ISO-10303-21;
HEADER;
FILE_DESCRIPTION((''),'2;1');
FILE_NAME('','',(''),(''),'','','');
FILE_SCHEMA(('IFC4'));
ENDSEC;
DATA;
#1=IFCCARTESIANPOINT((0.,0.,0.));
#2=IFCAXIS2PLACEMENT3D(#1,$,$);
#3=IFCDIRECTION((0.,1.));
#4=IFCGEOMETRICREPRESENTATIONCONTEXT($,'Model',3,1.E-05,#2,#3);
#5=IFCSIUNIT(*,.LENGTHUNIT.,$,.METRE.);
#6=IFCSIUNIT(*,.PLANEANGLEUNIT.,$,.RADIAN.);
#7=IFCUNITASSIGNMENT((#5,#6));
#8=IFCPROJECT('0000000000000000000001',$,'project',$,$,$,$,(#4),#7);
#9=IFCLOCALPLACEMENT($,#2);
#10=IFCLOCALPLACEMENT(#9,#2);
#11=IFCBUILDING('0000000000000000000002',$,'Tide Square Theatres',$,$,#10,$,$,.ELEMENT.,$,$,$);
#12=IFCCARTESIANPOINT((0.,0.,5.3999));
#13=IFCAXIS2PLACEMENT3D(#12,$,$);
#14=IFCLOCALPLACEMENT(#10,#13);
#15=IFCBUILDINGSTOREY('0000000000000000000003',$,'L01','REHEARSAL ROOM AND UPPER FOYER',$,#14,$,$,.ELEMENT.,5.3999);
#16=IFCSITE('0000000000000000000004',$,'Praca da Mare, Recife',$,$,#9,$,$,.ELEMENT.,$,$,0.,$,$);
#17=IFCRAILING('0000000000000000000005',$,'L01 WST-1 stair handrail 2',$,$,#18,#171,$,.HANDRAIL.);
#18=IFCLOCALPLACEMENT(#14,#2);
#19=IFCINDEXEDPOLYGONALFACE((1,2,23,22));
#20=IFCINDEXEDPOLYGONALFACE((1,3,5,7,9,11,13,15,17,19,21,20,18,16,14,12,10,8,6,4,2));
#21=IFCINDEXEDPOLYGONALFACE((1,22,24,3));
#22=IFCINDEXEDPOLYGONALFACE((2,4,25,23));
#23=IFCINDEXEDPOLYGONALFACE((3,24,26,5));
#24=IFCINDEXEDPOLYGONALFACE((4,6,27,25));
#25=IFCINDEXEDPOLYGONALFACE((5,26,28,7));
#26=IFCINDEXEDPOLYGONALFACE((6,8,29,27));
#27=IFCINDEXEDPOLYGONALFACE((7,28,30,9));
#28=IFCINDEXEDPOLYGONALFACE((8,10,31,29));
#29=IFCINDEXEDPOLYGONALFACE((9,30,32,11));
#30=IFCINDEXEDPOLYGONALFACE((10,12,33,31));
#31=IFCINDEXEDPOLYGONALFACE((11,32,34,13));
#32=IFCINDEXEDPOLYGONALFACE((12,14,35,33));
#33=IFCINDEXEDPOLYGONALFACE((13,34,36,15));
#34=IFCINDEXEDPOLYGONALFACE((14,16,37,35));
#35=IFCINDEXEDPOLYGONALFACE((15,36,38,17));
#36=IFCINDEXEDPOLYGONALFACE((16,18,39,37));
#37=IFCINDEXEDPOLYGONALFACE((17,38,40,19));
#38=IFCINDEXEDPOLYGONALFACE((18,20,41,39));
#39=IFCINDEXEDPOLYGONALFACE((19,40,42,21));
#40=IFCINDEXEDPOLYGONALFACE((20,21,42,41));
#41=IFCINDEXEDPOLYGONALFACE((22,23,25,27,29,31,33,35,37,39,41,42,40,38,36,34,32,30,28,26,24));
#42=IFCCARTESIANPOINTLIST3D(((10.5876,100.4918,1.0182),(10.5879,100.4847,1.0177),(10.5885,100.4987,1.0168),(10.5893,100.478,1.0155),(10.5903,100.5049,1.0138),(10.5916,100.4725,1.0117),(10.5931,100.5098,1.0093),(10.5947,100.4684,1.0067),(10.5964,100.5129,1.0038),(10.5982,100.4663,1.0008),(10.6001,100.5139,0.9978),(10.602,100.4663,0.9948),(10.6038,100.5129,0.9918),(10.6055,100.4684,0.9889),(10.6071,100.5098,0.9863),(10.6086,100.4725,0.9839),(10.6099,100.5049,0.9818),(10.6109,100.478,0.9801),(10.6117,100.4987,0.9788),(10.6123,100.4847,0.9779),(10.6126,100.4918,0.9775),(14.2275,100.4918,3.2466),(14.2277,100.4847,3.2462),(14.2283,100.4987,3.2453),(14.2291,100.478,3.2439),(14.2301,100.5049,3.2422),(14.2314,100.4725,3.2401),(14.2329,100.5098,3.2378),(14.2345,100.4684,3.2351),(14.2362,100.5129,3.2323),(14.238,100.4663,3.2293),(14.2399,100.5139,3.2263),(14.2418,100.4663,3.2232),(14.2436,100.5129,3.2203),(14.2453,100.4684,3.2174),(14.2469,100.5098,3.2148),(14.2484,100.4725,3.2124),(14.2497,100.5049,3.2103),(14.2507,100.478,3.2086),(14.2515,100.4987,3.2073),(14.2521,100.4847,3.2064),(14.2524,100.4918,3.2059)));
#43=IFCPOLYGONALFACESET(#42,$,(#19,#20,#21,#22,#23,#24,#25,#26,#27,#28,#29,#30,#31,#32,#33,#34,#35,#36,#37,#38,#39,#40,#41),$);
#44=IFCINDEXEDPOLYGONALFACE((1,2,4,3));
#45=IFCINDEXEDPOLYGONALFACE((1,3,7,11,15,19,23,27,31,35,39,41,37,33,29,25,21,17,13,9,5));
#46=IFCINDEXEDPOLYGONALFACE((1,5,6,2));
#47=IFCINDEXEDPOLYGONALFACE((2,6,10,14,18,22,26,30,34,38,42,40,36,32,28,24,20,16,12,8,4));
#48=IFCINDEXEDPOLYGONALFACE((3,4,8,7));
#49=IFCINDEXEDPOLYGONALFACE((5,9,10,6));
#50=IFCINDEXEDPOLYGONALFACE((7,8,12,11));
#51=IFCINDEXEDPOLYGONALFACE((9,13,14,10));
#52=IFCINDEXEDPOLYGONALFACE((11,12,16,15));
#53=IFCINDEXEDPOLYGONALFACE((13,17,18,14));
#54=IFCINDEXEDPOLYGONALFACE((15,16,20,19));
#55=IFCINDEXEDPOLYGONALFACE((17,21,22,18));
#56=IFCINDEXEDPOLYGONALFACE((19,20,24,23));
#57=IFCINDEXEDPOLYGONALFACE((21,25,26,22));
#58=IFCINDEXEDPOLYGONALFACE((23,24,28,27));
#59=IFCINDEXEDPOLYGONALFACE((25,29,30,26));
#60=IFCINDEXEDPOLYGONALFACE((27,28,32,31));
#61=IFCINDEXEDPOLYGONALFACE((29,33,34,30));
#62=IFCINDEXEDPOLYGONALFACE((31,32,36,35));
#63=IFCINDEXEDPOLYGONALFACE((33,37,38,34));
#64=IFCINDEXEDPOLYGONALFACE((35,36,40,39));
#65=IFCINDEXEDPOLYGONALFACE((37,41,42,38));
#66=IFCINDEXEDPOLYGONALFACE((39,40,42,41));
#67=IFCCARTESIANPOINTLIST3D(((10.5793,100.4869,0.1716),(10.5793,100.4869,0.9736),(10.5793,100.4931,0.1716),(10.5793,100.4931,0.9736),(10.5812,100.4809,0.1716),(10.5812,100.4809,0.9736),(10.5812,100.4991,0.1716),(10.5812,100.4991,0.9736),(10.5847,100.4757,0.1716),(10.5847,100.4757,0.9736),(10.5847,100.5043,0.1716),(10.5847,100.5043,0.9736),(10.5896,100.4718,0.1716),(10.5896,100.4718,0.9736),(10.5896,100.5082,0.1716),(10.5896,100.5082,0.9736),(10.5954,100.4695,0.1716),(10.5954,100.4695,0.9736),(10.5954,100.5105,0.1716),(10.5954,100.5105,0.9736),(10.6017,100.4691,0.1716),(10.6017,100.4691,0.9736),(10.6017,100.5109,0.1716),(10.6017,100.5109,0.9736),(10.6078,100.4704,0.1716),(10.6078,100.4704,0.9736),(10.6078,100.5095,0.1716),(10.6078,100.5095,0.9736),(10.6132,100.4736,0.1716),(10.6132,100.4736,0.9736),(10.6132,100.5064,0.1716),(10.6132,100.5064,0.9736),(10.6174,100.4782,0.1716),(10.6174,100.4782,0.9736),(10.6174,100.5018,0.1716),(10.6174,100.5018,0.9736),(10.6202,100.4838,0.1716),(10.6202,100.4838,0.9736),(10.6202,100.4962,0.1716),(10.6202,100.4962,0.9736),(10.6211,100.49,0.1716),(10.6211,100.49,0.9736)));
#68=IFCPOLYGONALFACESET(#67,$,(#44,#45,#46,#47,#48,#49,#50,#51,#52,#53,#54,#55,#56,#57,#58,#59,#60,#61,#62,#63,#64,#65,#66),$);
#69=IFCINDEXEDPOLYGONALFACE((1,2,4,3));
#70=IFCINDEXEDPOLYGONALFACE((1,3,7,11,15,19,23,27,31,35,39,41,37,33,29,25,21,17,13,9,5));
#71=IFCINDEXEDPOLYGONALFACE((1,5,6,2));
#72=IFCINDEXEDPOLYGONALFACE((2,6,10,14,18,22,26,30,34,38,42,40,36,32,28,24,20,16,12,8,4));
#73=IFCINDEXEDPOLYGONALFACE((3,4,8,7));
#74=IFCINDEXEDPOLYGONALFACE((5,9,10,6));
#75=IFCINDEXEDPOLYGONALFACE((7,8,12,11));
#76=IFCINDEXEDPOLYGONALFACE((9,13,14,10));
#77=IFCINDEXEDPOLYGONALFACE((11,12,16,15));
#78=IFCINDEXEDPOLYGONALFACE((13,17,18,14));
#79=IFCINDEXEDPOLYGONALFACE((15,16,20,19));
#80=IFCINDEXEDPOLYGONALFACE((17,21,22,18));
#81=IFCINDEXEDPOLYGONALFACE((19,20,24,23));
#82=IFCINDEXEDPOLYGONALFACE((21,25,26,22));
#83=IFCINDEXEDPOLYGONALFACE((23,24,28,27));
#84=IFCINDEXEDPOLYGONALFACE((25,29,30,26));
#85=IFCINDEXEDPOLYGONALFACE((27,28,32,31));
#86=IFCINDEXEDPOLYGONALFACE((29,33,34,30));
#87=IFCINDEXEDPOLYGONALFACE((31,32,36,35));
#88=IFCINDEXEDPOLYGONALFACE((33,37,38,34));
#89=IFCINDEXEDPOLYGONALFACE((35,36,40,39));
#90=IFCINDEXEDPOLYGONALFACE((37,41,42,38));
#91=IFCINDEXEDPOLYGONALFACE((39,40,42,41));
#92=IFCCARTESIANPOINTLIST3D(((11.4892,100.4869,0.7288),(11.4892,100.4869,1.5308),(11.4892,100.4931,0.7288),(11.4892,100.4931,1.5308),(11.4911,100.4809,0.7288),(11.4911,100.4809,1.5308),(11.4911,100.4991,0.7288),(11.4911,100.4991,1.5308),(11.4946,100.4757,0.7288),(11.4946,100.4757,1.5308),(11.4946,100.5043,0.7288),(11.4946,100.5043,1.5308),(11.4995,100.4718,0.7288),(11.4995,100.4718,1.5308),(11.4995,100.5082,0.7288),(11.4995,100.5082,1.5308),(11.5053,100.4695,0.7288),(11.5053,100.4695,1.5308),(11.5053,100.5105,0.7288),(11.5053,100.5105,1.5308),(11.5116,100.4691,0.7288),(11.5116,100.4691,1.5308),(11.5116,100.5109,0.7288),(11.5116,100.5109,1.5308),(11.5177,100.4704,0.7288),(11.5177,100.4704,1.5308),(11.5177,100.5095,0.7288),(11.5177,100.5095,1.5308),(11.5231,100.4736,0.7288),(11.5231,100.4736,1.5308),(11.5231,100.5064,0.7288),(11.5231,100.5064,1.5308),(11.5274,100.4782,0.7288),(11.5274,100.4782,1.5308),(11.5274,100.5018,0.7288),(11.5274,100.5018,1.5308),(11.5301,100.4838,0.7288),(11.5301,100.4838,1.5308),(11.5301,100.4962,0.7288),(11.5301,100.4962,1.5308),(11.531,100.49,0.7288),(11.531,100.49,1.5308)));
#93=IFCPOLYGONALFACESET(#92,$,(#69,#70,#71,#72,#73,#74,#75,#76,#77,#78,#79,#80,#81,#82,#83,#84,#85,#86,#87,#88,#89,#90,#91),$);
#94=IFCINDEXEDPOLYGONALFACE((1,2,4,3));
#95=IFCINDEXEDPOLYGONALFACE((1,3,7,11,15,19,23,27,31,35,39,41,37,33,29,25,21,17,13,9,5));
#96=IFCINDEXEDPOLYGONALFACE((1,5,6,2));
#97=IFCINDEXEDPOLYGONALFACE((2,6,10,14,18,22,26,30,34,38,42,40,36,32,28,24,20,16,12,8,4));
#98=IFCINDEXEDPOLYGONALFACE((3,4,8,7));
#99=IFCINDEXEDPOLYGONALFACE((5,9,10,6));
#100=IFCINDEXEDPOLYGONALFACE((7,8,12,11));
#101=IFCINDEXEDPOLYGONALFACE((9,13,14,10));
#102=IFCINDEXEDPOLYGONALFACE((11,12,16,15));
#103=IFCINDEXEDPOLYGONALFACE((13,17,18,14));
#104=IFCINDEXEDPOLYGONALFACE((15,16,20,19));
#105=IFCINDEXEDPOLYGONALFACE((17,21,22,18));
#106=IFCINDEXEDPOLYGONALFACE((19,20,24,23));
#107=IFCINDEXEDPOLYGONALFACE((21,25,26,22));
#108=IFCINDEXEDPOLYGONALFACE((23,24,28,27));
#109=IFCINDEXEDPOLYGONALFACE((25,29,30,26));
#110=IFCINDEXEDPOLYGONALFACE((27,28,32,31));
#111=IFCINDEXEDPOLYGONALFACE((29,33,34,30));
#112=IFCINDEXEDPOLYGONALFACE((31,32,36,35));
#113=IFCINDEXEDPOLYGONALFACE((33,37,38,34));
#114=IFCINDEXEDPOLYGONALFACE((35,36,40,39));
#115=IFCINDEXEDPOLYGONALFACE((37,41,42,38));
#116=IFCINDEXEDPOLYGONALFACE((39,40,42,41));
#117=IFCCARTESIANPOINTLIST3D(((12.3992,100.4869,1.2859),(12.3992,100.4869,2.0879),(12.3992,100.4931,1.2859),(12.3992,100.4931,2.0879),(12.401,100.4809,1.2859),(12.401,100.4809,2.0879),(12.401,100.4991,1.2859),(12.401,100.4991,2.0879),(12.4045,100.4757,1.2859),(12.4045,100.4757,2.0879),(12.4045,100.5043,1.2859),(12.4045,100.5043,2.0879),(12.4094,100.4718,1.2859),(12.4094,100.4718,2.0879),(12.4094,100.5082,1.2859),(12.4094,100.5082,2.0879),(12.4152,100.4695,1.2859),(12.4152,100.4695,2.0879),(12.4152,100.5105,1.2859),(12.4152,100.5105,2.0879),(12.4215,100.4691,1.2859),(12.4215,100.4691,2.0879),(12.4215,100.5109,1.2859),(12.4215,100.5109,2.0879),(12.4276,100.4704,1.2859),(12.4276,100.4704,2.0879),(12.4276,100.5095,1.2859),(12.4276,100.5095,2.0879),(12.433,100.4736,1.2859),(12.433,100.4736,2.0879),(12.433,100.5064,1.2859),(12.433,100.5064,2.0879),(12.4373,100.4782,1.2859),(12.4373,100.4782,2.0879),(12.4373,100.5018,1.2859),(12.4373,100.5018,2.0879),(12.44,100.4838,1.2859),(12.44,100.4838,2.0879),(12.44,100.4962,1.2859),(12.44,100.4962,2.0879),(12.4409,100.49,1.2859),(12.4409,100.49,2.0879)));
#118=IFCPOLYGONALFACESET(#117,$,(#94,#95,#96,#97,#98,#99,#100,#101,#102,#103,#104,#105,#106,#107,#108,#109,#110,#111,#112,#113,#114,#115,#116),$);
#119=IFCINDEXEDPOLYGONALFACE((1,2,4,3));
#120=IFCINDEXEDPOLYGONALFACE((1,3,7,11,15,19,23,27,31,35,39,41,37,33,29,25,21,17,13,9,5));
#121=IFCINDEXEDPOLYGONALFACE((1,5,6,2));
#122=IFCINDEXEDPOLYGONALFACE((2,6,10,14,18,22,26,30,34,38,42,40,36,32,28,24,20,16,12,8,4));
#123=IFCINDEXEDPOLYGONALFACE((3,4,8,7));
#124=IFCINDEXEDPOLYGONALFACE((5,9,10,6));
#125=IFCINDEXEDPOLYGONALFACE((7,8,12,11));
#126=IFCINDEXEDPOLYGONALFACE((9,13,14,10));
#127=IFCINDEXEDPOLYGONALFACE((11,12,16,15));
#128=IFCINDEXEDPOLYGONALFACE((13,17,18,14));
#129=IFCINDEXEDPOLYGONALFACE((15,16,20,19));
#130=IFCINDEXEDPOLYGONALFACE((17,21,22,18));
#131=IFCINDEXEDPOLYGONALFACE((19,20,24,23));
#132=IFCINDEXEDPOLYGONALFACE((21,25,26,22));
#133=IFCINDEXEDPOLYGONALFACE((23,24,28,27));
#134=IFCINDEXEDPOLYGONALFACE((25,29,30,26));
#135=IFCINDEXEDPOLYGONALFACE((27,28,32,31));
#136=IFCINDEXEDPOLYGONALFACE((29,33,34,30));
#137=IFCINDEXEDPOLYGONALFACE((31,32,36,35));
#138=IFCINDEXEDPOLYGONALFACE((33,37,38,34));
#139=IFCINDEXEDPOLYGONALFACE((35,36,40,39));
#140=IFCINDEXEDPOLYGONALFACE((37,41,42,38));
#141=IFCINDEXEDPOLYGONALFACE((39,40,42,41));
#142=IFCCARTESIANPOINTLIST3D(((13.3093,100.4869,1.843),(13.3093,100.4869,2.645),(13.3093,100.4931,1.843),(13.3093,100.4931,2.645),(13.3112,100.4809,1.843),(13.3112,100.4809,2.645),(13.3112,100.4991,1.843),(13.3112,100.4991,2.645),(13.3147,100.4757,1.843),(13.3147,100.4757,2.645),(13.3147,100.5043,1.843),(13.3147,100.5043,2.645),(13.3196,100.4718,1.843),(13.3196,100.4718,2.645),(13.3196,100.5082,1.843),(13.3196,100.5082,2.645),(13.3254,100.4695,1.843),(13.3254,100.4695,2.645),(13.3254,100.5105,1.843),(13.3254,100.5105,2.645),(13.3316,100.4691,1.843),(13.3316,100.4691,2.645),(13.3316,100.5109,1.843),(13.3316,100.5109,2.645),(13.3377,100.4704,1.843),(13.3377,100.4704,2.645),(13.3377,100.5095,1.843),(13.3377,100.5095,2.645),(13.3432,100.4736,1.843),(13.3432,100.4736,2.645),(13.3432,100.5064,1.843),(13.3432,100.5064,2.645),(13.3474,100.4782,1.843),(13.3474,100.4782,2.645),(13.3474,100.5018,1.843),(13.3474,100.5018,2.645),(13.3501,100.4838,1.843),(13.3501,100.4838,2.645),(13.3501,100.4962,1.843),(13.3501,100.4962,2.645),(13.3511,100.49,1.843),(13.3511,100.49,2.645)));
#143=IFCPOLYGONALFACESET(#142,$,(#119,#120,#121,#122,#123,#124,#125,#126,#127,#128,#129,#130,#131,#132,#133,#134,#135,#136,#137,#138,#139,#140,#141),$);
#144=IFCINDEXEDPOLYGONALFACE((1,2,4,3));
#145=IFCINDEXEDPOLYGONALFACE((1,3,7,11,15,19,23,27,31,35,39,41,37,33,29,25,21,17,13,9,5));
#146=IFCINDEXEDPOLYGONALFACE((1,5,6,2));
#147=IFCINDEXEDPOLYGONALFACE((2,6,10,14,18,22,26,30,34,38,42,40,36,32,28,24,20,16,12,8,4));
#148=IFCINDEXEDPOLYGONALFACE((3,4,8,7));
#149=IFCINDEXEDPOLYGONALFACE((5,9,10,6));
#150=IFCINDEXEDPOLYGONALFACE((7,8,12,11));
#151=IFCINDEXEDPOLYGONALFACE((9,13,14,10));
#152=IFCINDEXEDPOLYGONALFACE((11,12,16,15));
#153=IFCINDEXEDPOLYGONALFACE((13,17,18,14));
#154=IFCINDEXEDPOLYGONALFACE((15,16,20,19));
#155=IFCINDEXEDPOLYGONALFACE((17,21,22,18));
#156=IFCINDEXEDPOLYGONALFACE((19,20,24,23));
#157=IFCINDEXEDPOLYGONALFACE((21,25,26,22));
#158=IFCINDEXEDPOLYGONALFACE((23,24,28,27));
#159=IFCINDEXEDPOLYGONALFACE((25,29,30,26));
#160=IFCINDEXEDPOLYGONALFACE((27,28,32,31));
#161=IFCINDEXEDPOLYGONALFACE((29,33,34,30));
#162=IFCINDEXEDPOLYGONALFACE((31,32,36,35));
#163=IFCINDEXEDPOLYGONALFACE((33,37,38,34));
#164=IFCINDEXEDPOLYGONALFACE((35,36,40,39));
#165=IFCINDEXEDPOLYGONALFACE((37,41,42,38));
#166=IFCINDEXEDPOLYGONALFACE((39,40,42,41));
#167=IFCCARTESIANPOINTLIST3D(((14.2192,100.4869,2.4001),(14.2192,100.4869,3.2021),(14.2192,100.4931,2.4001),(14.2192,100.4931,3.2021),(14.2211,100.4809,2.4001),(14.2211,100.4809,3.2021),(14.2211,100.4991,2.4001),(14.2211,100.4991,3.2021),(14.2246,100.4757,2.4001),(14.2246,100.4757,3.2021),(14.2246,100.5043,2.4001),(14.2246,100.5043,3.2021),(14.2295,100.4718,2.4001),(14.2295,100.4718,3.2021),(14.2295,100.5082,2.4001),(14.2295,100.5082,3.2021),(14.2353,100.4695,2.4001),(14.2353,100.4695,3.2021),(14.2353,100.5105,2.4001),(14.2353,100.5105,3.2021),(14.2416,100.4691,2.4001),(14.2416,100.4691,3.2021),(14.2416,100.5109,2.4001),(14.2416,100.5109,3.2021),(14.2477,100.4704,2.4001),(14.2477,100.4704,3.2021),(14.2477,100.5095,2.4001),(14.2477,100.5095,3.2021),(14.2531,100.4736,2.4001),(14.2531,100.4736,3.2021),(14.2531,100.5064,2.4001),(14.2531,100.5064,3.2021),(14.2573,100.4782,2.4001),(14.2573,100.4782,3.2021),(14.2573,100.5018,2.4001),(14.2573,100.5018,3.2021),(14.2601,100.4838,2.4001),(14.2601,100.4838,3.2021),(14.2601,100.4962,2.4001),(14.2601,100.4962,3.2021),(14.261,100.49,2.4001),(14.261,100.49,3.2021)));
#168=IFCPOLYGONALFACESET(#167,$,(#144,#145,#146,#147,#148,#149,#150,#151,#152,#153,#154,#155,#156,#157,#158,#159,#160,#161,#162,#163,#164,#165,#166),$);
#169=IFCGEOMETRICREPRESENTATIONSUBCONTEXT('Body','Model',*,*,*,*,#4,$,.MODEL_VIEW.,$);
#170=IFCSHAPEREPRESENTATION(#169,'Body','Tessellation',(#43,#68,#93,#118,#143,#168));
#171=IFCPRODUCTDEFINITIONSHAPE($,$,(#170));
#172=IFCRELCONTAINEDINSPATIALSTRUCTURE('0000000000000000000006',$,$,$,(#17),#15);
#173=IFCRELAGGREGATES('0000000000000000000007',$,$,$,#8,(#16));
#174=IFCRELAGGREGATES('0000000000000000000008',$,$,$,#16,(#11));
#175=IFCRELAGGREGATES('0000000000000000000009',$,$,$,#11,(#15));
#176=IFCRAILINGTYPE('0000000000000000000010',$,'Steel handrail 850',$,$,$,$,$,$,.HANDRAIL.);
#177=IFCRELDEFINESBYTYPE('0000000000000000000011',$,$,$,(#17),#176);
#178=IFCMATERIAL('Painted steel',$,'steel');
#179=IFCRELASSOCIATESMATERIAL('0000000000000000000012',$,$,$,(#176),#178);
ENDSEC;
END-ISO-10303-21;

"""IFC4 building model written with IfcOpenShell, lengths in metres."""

from ifc_helpers import new_model, si_unit, direction, frame, origin, origin_2d, place, context, subcontext, project, spatial, circle, extrude, material, type_object, element, save


model = new_model("IFC4")

# Units and contexts
model_context = context("Model", 3, precision=1e-05, world=origin(), true_north=direction((0.0, 1.0)))
body_context = subcontext(model_context, "Body", "Model", "MODEL_VIEW")
ifc_project = project(units=[si_unit("LENGTHUNIT", "METRE"), si_unit("PLANEANGLEUNIT", "RADIAN")], contexts=[model_context])

# Site, building, storey
site_placement = place(None, origin())
site = spatial("IfcSite", under=ifc_project, at=site_placement, Name="Praca da Mare, Recife", CompositionType="ELEMENT", RefElevation=0.0)
building_placement = place(site_placement, origin())
building = spatial("IfcBuilding", under=site, at=building_placement, Name="Tide Square Theatres", CompositionType="ELEMENT")
storey_placement = place(building_placement, frame((0.0, 0.0, 5.3999)))
storey = spatial("IfcBuildingStorey", under=building, at=storey_placement, Name="L01", Description="REHEARSAL ROOM AND UPPER FOYER", CompositionType="ELEMENT", Elevation=5.3999)

# Railing
ifc_material_1 = material(Name="Painted steel", Category="steel")
railing_type_1 = type_object("IfcRailingType", Name="Steel handrail 850", PredefinedType="HANDRAIL", material=ifc_material_1)
for number, where, name in (
    (1, (10.6001, 100.49, 0.1716), "L01 WST-1 stair handrail 2"),
):
    element("IfcRailing", number, at=place(storey_placement, frame(where)), inside=storey, type_object=railing_type_1, Name=name, PredefinedType="HANDRAIL", context=body_context, shape_type="SweptSolid", body=[
        extrude(circle(Radius=0.0239, at=origin_2d()), frame((0.0, 0.0, 0.8262), z_axis=(0.85285, 0.0, 0.522156), x_axis=(0.0, 1.0, 0.0)), (0.0, 0.0, 1.0), 4.2678),
        extrude(circle(Radius=0.021, at=origin_2d()), origin(), (0.0, 0.0, 1.0), 0.802),
        extrude(circle(Radius=0.021, at=origin_2d()), frame((0.9099, 0.0, 0.5571)), (0.0, 0.0, 1.0), 0.802),
        extrude(circle(Radius=0.021, at=origin_2d()), frame((1.8198, 0.0, 1.1143)), (0.0, 0.0, 1.0), 0.802),
        extrude(circle(Radius=0.021, at=origin_2d()), frame((2.73, 0.0, 1.6714)), (0.0, 0.0, 1.0), 0.802),
        extrude(circle(Radius=0.021, at=origin_2d()), frame((3.6399, 0.0, 2.2285)), (0.0, 0.0, 1.0), 0.802),
    ])

save(model, "model.ifc")
